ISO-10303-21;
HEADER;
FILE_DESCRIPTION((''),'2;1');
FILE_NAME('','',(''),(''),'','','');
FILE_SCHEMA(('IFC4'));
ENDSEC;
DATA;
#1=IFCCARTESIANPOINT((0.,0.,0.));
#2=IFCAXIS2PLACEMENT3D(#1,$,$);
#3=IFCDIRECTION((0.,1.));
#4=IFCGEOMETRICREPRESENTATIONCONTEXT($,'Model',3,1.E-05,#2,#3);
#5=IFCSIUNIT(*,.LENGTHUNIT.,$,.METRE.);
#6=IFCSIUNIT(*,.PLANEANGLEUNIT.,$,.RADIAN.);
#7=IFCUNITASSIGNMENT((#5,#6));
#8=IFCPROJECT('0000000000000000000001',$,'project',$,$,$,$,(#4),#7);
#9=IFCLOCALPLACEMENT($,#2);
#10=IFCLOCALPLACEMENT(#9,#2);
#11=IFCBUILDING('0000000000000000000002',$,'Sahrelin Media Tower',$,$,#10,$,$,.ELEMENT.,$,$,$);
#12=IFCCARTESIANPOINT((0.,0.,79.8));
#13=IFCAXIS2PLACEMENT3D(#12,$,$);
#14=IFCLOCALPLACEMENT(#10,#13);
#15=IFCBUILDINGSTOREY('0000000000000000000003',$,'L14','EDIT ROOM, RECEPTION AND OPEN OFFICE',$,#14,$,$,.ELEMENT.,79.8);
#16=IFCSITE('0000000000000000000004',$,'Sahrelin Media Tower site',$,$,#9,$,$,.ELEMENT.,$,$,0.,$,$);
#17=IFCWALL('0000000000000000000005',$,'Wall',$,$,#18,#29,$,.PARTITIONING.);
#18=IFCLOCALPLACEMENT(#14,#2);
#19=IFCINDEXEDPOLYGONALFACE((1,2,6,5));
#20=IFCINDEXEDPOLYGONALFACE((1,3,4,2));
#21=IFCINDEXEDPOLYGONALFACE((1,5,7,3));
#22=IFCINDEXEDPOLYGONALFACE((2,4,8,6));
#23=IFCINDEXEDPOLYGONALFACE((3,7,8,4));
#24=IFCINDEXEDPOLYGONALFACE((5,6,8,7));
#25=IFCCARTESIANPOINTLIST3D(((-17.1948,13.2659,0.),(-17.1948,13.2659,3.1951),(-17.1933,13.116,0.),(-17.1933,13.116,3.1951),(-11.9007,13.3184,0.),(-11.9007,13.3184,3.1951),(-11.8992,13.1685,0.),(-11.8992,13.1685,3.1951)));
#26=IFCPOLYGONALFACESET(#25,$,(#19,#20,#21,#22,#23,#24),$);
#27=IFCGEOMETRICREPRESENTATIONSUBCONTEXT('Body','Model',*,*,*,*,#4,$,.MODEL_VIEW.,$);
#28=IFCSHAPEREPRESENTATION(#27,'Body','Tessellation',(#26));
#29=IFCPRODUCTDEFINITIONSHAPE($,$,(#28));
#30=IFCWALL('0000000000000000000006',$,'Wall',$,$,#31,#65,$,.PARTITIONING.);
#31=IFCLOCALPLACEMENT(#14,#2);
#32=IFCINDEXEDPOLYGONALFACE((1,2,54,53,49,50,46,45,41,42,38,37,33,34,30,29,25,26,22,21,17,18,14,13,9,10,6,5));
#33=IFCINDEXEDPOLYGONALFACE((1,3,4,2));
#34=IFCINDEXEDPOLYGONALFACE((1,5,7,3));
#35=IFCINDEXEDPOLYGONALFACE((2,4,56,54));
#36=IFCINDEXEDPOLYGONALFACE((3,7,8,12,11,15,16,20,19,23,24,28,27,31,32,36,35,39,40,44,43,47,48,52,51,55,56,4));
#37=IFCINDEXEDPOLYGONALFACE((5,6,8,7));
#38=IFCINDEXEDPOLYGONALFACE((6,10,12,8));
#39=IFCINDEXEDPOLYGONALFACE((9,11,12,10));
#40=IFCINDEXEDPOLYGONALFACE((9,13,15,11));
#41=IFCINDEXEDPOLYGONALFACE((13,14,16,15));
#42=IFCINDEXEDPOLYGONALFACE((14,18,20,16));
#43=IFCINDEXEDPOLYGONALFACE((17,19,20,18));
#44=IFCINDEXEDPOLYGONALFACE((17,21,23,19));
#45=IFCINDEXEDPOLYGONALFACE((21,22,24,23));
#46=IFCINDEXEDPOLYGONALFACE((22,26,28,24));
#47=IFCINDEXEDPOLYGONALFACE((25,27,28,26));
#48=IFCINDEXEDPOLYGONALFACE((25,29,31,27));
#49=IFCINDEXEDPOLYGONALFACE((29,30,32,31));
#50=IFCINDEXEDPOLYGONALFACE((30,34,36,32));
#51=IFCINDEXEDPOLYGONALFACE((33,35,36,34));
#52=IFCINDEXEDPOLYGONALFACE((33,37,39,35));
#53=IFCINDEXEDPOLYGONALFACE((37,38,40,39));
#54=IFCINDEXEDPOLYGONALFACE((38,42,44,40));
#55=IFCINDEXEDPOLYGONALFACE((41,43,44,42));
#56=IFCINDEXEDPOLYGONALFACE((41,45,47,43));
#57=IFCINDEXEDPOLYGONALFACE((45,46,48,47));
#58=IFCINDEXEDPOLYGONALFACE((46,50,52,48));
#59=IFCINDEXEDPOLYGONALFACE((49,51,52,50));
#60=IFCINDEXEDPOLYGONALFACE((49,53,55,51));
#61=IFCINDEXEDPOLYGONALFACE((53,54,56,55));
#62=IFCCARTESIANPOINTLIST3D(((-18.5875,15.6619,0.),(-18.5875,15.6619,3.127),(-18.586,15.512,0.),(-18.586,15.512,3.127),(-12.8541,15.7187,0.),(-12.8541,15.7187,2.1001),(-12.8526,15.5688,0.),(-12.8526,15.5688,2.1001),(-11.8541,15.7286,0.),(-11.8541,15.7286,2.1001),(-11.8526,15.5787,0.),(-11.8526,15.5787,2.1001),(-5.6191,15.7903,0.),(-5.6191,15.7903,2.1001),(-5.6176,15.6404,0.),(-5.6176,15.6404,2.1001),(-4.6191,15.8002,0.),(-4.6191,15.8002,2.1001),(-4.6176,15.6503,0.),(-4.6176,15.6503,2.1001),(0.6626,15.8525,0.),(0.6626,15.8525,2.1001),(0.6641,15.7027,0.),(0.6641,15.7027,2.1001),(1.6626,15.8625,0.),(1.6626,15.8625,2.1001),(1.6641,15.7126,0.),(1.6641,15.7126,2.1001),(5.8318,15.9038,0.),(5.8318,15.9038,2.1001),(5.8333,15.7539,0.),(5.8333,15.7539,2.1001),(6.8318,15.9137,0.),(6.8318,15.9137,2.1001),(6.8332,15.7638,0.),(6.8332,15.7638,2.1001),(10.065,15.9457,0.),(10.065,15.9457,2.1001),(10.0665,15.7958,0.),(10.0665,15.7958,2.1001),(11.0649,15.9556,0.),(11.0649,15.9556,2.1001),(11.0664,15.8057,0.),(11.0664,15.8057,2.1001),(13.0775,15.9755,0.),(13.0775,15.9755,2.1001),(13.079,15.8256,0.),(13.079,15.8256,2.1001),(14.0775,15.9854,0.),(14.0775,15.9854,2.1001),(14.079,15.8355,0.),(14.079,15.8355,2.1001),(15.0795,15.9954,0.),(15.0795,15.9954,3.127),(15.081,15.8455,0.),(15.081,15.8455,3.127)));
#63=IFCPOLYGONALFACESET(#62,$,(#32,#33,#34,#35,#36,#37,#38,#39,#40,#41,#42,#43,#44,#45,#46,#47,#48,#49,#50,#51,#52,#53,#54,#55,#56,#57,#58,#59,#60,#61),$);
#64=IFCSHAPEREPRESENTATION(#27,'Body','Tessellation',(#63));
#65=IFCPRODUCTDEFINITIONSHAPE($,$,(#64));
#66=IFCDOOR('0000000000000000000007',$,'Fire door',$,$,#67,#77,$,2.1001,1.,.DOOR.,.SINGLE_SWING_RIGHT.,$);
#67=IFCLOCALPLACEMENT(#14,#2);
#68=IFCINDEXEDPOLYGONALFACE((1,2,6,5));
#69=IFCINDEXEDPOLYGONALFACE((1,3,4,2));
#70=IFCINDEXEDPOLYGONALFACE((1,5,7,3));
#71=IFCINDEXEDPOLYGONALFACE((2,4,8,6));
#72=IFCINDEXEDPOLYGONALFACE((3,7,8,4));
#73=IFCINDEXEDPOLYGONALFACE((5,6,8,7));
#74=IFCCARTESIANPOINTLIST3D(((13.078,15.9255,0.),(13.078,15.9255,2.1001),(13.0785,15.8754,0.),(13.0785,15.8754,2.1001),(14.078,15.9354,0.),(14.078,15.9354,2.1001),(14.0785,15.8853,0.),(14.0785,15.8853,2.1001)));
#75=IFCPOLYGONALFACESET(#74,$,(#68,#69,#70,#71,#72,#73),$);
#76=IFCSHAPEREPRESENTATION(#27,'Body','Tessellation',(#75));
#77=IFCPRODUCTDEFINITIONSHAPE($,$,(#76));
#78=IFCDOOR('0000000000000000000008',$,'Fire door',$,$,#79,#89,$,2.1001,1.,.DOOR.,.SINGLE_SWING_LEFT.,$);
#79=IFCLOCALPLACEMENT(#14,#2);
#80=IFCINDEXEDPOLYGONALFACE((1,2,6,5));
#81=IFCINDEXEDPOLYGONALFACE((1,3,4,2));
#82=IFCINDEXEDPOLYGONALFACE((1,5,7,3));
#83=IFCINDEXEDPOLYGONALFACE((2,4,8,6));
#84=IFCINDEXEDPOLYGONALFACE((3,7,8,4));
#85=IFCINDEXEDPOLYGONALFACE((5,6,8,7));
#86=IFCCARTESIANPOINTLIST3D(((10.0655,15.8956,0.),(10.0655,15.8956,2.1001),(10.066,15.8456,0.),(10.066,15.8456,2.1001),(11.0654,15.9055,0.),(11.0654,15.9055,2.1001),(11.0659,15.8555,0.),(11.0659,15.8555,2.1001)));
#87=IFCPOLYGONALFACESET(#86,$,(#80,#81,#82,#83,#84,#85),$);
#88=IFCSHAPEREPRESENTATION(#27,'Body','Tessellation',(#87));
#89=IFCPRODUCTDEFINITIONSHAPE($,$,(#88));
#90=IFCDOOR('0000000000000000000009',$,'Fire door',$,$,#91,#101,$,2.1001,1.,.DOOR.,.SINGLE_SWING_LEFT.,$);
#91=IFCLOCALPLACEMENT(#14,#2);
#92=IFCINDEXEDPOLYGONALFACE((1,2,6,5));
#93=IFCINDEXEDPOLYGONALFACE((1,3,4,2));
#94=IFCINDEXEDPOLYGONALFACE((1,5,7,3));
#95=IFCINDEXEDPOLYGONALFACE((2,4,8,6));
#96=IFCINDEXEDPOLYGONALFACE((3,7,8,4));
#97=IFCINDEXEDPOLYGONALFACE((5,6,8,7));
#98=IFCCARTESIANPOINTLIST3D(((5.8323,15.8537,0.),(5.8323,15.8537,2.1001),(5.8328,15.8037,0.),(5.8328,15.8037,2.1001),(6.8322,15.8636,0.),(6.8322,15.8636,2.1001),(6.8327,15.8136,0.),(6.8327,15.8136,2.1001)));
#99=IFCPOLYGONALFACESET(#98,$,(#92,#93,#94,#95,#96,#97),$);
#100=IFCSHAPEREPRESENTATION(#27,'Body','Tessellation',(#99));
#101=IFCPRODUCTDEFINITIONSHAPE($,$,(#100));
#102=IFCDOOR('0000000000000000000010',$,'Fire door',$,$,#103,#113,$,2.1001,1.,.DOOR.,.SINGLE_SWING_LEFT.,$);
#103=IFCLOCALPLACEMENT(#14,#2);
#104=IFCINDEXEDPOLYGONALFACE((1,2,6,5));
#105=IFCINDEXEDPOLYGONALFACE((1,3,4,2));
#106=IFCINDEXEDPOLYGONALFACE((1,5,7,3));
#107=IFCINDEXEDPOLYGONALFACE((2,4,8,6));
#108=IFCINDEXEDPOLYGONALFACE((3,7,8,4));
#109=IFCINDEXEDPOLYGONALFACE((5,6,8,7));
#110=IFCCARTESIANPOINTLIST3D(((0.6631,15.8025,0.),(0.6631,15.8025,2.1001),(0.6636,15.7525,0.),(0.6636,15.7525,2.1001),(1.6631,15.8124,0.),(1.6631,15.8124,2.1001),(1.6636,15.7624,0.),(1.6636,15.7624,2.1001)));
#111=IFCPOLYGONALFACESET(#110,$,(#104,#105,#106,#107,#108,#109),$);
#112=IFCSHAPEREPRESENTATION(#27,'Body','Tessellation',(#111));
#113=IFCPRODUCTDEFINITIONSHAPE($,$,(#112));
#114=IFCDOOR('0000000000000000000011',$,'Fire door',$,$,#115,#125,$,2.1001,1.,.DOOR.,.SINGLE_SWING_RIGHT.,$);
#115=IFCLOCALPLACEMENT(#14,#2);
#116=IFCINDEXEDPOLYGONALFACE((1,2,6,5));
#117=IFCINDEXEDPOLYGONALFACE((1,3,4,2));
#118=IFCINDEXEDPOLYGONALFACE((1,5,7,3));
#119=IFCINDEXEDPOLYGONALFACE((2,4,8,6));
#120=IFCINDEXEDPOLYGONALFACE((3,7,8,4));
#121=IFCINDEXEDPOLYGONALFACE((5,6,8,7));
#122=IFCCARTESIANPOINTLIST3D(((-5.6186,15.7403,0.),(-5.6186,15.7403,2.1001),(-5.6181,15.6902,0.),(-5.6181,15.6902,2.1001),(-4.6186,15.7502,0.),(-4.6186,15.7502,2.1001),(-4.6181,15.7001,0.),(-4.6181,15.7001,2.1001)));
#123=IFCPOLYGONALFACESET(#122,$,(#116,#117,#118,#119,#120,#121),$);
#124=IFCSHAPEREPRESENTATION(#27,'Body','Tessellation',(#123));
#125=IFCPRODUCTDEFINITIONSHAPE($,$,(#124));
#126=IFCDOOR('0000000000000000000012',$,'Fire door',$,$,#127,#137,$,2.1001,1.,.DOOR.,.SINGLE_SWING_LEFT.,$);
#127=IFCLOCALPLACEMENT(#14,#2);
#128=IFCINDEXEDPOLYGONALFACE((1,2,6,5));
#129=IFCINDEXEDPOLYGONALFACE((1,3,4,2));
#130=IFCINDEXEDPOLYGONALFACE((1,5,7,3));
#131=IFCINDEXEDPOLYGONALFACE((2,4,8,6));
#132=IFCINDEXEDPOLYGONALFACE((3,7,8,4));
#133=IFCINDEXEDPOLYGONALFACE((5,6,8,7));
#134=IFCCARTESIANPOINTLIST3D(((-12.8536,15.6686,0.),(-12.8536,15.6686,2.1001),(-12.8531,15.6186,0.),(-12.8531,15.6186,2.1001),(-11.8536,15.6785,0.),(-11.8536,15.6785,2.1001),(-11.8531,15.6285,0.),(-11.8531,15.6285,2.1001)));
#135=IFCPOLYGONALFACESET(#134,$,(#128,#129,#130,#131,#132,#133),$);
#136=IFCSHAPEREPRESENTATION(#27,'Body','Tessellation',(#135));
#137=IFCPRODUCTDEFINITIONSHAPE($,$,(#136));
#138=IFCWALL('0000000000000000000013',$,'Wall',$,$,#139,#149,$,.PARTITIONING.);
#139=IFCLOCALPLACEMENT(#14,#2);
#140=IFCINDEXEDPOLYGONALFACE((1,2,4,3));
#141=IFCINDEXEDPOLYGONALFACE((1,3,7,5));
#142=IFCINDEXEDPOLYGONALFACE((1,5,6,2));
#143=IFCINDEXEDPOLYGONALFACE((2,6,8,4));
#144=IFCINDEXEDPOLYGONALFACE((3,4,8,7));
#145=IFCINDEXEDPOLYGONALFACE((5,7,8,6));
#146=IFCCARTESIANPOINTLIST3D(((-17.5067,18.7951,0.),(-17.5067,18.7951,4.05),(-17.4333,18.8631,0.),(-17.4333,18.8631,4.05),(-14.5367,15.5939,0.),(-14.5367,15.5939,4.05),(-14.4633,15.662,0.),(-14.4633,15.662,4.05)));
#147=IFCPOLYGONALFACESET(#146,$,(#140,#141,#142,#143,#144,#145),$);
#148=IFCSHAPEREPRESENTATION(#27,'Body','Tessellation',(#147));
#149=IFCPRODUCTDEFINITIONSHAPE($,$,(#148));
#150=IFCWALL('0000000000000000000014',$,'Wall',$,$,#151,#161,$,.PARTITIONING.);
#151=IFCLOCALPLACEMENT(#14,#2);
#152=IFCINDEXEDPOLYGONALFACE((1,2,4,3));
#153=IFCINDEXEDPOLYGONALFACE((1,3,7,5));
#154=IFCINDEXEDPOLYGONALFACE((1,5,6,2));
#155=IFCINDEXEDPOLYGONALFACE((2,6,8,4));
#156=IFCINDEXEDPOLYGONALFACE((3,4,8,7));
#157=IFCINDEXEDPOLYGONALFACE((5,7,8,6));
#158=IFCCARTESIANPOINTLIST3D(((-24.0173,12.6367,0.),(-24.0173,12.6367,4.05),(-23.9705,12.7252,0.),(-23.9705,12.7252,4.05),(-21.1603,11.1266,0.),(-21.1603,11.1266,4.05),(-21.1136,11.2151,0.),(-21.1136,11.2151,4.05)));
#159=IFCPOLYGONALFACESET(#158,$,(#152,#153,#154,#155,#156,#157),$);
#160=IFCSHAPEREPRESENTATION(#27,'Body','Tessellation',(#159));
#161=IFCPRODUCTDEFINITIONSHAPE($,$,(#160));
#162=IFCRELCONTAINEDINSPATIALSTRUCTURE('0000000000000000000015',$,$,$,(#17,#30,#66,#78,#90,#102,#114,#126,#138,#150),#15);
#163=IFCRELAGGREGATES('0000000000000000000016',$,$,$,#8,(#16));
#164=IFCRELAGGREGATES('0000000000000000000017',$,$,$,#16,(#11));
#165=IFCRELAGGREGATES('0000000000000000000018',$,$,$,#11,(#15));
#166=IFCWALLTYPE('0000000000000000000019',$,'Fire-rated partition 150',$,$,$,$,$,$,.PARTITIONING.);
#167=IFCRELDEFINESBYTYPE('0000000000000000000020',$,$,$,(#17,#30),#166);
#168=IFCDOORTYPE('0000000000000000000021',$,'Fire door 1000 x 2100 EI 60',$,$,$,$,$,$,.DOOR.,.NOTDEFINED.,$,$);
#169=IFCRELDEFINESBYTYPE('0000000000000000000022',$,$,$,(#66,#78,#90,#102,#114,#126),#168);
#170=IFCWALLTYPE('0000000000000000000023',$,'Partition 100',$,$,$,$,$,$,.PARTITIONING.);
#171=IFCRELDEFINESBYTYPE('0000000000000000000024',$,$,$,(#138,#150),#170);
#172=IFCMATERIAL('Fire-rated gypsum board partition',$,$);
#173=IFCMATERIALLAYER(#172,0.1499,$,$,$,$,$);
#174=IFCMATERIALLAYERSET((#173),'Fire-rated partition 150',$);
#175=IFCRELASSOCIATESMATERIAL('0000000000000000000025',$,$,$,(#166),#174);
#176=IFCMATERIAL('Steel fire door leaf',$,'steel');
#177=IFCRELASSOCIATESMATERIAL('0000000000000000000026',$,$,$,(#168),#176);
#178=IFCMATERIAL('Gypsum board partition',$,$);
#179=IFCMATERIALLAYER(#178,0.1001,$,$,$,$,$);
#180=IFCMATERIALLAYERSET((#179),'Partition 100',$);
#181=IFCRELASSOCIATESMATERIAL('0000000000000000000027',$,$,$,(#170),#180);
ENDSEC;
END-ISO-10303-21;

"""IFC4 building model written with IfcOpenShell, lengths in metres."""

from ifc_helpers import new_model, si_unit, direction, frame, frame_2d, origin, place, context, subcontext, project, spatial, rectangle, extrude, material, layer, layer_set, type_object, element, fill, save


model = new_model("IFC4")

# Units and contexts
model_context = context("Model", 3, precision=1e-05, world=origin(), true_north=direction((0.0, 1.0)))
body_context = subcontext(model_context, "Body", "Model", "MODEL_VIEW")
ifc_project = project(units=[si_unit("LENGTHUNIT", "METRE"), si_unit("PLANEANGLEUNIT", "RADIAN")], contexts=[model_context])

# Site, building, storey
site_placement = place(None, origin())
site = spatial("IfcSite", under=ifc_project, at=site_placement, Name="Sahrelin Media Tower site", CompositionType="ELEMENT", RefElevation=0.0)
building_placement = place(site_placement, origin())
building = spatial("IfcBuilding", under=site, at=building_placement, Name="Sahrelin Media Tower", CompositionType="ELEMENT")
storey_placement = place(building_placement, frame((0.0, 0.0, 79.8)))
storey = spatial("IfcBuildingStorey", under=building, at=storey_placement, Name="L14", Description="EDIT ROOM, RECEPTION AND OPEN OFFICE", CompositionType="ELEMENT", Elevation=79.8)

# Wall
ifc_material_1 = material(Name="Fire-rated gypsum board partition")
ifc_layer_1 = layer(ifc_material_1, 0.1499)
ifc_layer_set_1 = layer_set([ifc_layer_1], Name="Fire-rated partition 150")
wall_type_1 = type_object("IfcWallType", Name="Fire-rated partition 150", PredefinedType="PARTITIONING", material=ifc_layer_set_1)
wall_1_placement = place(storey_placement, frame((-17.1941, 13.1909, 0.0), z_axis=(0.0, 0.0, 1.0), x_axis=(0.999951, 0.009914, 0.0)))
element("IfcWall", 1, at=wall_1_placement, inside=storey, type_object=wall_type_1, Name="Wall", PredefinedType="PARTITIONING", context=body_context, shape_type="SweptSolid", body=[
    extrude(rectangle(XDim=5.2944, YDim=0.1499, at=frame_2d((2.6472, 0.0))), origin(), (0.0, 0.0, 1.0), 3.1951),
])

# Wall, openings, doors
wall_2_placement = place(storey_placement, frame((-18.5869, 15.5869, 0.0), z_axis=(0.0, 0.0, 1.0), x_axis=(0.999951, 0.009905, 0.0)))
wall_2 = element("IfcWall", 2, at=wall_2_placement, inside=storey, type_object=wall_type_1, Name="Wall", PredefinedType="PARTITIONING", context=body_context, shape_type="SweptSolid", body=[
    extrude(rectangle(XDim=33.6687, YDim=0.1499, at=frame_2d((16.8345, 0.0))), origin(), (0.0, 0.0, 1.0), 3.127),
])
opening_1_placement = place(wall_2_placement, frame((31.6667, 0.0, 0.0)))
opening_1 = element("IfcOpeningElement", 3, at=opening_1_placement, cuts=wall_2, PredefinedType="OPENING", context=body_context, shape_type="SweptSolid", body=[
    extrude(rectangle(XDim=1.0, YDim=2.1001, at=frame_2d((0.5, 1.05))), frame((0.0, 0.075, 0.0), z_axis=(0.0, -1.0, 0.0), x_axis=(1.0, 0.0, 0.0)), (0.0, 0.0, 1.0), 0.1499),
])
opening_2_placement = place(wall_2_placement, frame((28.6541, 0.0, 0.0)))
opening_2 = element("IfcOpeningElement", 4, at=opening_2_placement, cuts=wall_2, PredefinedType="OPENING", context=body_context, shape_type="SweptSolid", body=[
    extrude(rectangle(XDim=1.0, YDim=2.1001, at=frame_2d((0.5, 1.05))), frame((0.0, 0.075, 0.0), z_axis=(0.0, -1.0, 0.0), x_axis=(1.0, 0.0, 0.0)), (0.0, 0.0, 1.0), 0.1499),
])
opening_3_placement = place(wall_2_placement, frame((24.4207, 0.0, 0.0)))
opening_3 = element("IfcOpeningElement", 5, at=opening_3_placement, cuts=wall_2, PredefinedType="OPENING", context=body_context, shape_type="SweptSolid", body=[
    extrude(rectangle(XDim=1.0, YDim=2.1001, at=frame_2d((0.5, 1.05))), frame((0.0, 0.075, 0.0), z_axis=(0.0, -1.0, 0.0), x_axis=(1.0, 0.0, 0.0)), (0.0, 0.0, 1.0), 0.1499),
])
opening_4_placement = place(wall_2_placement, frame((19.2512, 0.0, 0.0)))
opening_4 = element("IfcOpeningElement", 6, at=opening_4_placement, cuts=wall_2, PredefinedType="OPENING", context=body_context, shape_type="SweptSolid", body=[
    extrude(rectangle(XDim=1.0, YDim=2.1001, at=frame_2d((0.5, 1.05))), frame((0.0, 0.075, 0.0), z_axis=(0.0, -1.0, 0.0), x_axis=(1.0, 0.0, 0.0)), (0.0, 0.0, 1.0), 0.1499),
])
opening_5_placement = place(wall_2_placement, frame((12.9692, 0.0, 0.0)))
opening_5 = element("IfcOpeningElement", 7, at=opening_5_placement, cuts=wall_2, PredefinedType="OPENING", context=body_context, shape_type="SweptSolid", body=[
    extrude(rectangle(XDim=1.0, YDim=2.1001, at=frame_2d((0.5, 1.05))), frame((0.0, 0.075, 0.0), z_axis=(0.0, -1.0, 0.0), x_axis=(1.0, 0.0, 0.0)), (0.0, 0.0, 1.0), 0.1499),
])
opening_6_placement = place(wall_2_placement, frame((5.7339, 0.0, 0.0)))
opening_6 = element("IfcOpeningElement", 8, at=opening_6_placement, cuts=wall_2, PredefinedType="OPENING", context=body_context, shape_type="SweptSolid", body=[
    extrude(rectangle(XDim=1.0, YDim=2.1001, at=frame_2d((0.5, 1.05))), frame((0.0, 0.075, 0.0), z_axis=(0.0, -1.0, 0.0), x_axis=(1.0, 0.0, 0.0)), (0.0, 0.0, 1.0), 0.1499),
])
ifc_material_2 = material(Name="Steel fire door leaf", Category="steel")
door_type = type_object("IfcDoorType", Name="Fire door 1000 x 2100 EI 60", OperationType="NOTDEFINED", PredefinedType="DOOR", material=ifc_material_2)
door_1_placement = place(opening_1_placement, origin())
door_1 = element("IfcDoor", 9, at=door_1_placement, inside=storey, type_object=door_type, Name="Fire door", OperationType="SINGLE_SWING_RIGHT", OverallHeight=2.1001, OverallWidth=1.0, PredefinedType="DOOR", context=body_context, shape_type="SweptSolid", body=[
    extrude(rectangle(XDim=1.0, YDim=2.1001, at=frame_2d((0.5, 1.05))), frame((0.0, 0.0249, 0.0), z_axis=(0.0, -1.0, 0.0), x_axis=(1.0, 0.0, 0.0)), (0.0, 0.0, 1.0), 0.05),
])
fill(opening_1, door_1)
door_2_placement = place(opening_2_placement, origin())
door_2 = element("IfcDoor", 10, at=door_2_placement, inside=storey, type_object=door_type, Name="Fire door", OperationType="SINGLE_SWING_LEFT", OverallHeight=2.1001, OverallWidth=1.0, PredefinedType="DOOR", context=body_context, shape_type="SweptSolid", body=[
    extrude(rectangle(XDim=1.0, YDim=2.1001, at=frame_2d((0.5, 1.05))), frame((0.0, 0.0249, 0.0), z_axis=(0.0, -1.0, 0.0), x_axis=(1.0, 0.0, 0.0)), (0.0, 0.0, 1.0), 0.05),
])
fill(opening_2, door_2)
door_3_placement = place(opening_3_placement, origin())
door_3 = element("IfcDoor", 11, at=door_3_placement, inside=storey, type_object=door_type, Name="Fire door", OperationType="SINGLE_SWING_LEFT", OverallHeight=2.1001, OverallWidth=1.0, PredefinedType="DOOR", context=body_context, shape_type="SweptSolid", body=[
    extrude(rectangle(XDim=1.0, YDim=2.1001, at=frame_2d((0.5, 1.05))), frame((0.0, 0.0249, 0.0), z_axis=(0.0, -1.0, 0.0), x_axis=(1.0, 0.0, 0.0)), (0.0, 0.0, 1.0), 0.05),
])
fill(opening_3, door_3)
door_4_placement = place(opening_4_placement, origin())
door_4 = element("IfcDoor", 12, at=door_4_placement, inside=storey, type_object=door_type, Name="Fire door", OperationType="SINGLE_SWING_LEFT", OverallHeight=2.1001, OverallWidth=1.0, PredefinedType="DOOR", context=body_context, shape_type="SweptSolid", body=[
    extrude(rectangle(XDim=1.0, YDim=2.1001, at=frame_2d((0.5, 1.05))), frame((0.0, 0.0249, 0.0), z_axis=(0.0, -1.0, 0.0), x_axis=(1.0, 0.0, 0.0)), (0.0, 0.0, 1.0), 0.05),
])
fill(opening_4, door_4)
door_5_placement = place(opening_5_placement, origin())
door_5 = element("IfcDoor", 13, at=door_5_placement, inside=storey, type_object=door_type, Name="Fire door", OperationType="SINGLE_SWING_RIGHT", OverallHeight=2.1001, OverallWidth=1.0, PredefinedType="DOOR", context=body_context, shape_type="SweptSolid", body=[
    extrude(rectangle(XDim=1.0, YDim=2.1001, at=frame_2d((0.5, 1.05))), frame((0.0, 0.0249, 0.0), z_axis=(0.0, -1.0, 0.0), x_axis=(1.0, 0.0, 0.0)), (0.0, 0.0, 1.0), 0.05),
])
fill(opening_5, door_5)
door_6_placement = place(opening_6_placement, origin())
door_6 = element("IfcDoor", 14, at=door_6_placement, inside=storey, type_object=door_type, Name="Fire door", OperationType="SINGLE_SWING_LEFT", OverallHeight=2.1001, OverallWidth=1.0, PredefinedType="DOOR", context=body_context, shape_type="SweptSolid", body=[
    extrude(rectangle(XDim=1.0, YDim=2.1001, at=frame_2d((0.5, 1.05))), frame((0.0, 0.0249, 0.0), z_axis=(0.0, -1.0, 0.0), x_axis=(1.0, 0.0, 0.0)), (0.0, 0.0, 1.0), 0.05),
])
fill(opening_6, door_6)

# Walls
ifc_material_3 = material(Name="Gypsum board partition")
ifc_layer_2 = layer(ifc_material_3, 0.1001)
ifc_layer_set_2 = layer_set([ifc_layer_2], Name="Partition 100")
wall_type_2 = type_object("IfcWallType", Name="Partition 100", PredefinedType="PARTITIONING", material=ifc_layer_set_2)
wall_3_placement = place(storey_placement, frame((-17.47, 18.8291, 0.0), z_axis=(0.0, 0.0, 1.0), x_axis=(0.680138, -0.733084, 0.0)))
element("IfcWall", 15, at=wall_3_placement, inside=storey, type_object=wall_type_2, Name="Wall", PredefinedType="PARTITIONING", context=body_context, shape_type="SweptSolid", body=[
    extrude(rectangle(XDim=4.3667, YDim=0.1001, at=frame_2d((2.1833, 0.0))), origin(), (0.0, 0.0, 1.0), 4.05),
])
wall_4_placement = place(storey_placement, frame((-23.9939, 12.6809, 0.0), z_axis=(0.0, 0.0, 1.0), x_axis=(0.884106, -0.467287, 0.0)))
element("IfcWall", 16, at=wall_4_placement, inside=storey, type_object=wall_type_2, Name="Wall", PredefinedType="PARTITIONING", context=body_context, shape_type="SweptSolid", body=[
    extrude(rectangle(XDim=3.2314, YDim=0.1001, at=frame_2d((1.6157, 0.0))), origin(), (0.0, 0.0, 1.0), 4.05),
])

save(model, "model.ifc")
